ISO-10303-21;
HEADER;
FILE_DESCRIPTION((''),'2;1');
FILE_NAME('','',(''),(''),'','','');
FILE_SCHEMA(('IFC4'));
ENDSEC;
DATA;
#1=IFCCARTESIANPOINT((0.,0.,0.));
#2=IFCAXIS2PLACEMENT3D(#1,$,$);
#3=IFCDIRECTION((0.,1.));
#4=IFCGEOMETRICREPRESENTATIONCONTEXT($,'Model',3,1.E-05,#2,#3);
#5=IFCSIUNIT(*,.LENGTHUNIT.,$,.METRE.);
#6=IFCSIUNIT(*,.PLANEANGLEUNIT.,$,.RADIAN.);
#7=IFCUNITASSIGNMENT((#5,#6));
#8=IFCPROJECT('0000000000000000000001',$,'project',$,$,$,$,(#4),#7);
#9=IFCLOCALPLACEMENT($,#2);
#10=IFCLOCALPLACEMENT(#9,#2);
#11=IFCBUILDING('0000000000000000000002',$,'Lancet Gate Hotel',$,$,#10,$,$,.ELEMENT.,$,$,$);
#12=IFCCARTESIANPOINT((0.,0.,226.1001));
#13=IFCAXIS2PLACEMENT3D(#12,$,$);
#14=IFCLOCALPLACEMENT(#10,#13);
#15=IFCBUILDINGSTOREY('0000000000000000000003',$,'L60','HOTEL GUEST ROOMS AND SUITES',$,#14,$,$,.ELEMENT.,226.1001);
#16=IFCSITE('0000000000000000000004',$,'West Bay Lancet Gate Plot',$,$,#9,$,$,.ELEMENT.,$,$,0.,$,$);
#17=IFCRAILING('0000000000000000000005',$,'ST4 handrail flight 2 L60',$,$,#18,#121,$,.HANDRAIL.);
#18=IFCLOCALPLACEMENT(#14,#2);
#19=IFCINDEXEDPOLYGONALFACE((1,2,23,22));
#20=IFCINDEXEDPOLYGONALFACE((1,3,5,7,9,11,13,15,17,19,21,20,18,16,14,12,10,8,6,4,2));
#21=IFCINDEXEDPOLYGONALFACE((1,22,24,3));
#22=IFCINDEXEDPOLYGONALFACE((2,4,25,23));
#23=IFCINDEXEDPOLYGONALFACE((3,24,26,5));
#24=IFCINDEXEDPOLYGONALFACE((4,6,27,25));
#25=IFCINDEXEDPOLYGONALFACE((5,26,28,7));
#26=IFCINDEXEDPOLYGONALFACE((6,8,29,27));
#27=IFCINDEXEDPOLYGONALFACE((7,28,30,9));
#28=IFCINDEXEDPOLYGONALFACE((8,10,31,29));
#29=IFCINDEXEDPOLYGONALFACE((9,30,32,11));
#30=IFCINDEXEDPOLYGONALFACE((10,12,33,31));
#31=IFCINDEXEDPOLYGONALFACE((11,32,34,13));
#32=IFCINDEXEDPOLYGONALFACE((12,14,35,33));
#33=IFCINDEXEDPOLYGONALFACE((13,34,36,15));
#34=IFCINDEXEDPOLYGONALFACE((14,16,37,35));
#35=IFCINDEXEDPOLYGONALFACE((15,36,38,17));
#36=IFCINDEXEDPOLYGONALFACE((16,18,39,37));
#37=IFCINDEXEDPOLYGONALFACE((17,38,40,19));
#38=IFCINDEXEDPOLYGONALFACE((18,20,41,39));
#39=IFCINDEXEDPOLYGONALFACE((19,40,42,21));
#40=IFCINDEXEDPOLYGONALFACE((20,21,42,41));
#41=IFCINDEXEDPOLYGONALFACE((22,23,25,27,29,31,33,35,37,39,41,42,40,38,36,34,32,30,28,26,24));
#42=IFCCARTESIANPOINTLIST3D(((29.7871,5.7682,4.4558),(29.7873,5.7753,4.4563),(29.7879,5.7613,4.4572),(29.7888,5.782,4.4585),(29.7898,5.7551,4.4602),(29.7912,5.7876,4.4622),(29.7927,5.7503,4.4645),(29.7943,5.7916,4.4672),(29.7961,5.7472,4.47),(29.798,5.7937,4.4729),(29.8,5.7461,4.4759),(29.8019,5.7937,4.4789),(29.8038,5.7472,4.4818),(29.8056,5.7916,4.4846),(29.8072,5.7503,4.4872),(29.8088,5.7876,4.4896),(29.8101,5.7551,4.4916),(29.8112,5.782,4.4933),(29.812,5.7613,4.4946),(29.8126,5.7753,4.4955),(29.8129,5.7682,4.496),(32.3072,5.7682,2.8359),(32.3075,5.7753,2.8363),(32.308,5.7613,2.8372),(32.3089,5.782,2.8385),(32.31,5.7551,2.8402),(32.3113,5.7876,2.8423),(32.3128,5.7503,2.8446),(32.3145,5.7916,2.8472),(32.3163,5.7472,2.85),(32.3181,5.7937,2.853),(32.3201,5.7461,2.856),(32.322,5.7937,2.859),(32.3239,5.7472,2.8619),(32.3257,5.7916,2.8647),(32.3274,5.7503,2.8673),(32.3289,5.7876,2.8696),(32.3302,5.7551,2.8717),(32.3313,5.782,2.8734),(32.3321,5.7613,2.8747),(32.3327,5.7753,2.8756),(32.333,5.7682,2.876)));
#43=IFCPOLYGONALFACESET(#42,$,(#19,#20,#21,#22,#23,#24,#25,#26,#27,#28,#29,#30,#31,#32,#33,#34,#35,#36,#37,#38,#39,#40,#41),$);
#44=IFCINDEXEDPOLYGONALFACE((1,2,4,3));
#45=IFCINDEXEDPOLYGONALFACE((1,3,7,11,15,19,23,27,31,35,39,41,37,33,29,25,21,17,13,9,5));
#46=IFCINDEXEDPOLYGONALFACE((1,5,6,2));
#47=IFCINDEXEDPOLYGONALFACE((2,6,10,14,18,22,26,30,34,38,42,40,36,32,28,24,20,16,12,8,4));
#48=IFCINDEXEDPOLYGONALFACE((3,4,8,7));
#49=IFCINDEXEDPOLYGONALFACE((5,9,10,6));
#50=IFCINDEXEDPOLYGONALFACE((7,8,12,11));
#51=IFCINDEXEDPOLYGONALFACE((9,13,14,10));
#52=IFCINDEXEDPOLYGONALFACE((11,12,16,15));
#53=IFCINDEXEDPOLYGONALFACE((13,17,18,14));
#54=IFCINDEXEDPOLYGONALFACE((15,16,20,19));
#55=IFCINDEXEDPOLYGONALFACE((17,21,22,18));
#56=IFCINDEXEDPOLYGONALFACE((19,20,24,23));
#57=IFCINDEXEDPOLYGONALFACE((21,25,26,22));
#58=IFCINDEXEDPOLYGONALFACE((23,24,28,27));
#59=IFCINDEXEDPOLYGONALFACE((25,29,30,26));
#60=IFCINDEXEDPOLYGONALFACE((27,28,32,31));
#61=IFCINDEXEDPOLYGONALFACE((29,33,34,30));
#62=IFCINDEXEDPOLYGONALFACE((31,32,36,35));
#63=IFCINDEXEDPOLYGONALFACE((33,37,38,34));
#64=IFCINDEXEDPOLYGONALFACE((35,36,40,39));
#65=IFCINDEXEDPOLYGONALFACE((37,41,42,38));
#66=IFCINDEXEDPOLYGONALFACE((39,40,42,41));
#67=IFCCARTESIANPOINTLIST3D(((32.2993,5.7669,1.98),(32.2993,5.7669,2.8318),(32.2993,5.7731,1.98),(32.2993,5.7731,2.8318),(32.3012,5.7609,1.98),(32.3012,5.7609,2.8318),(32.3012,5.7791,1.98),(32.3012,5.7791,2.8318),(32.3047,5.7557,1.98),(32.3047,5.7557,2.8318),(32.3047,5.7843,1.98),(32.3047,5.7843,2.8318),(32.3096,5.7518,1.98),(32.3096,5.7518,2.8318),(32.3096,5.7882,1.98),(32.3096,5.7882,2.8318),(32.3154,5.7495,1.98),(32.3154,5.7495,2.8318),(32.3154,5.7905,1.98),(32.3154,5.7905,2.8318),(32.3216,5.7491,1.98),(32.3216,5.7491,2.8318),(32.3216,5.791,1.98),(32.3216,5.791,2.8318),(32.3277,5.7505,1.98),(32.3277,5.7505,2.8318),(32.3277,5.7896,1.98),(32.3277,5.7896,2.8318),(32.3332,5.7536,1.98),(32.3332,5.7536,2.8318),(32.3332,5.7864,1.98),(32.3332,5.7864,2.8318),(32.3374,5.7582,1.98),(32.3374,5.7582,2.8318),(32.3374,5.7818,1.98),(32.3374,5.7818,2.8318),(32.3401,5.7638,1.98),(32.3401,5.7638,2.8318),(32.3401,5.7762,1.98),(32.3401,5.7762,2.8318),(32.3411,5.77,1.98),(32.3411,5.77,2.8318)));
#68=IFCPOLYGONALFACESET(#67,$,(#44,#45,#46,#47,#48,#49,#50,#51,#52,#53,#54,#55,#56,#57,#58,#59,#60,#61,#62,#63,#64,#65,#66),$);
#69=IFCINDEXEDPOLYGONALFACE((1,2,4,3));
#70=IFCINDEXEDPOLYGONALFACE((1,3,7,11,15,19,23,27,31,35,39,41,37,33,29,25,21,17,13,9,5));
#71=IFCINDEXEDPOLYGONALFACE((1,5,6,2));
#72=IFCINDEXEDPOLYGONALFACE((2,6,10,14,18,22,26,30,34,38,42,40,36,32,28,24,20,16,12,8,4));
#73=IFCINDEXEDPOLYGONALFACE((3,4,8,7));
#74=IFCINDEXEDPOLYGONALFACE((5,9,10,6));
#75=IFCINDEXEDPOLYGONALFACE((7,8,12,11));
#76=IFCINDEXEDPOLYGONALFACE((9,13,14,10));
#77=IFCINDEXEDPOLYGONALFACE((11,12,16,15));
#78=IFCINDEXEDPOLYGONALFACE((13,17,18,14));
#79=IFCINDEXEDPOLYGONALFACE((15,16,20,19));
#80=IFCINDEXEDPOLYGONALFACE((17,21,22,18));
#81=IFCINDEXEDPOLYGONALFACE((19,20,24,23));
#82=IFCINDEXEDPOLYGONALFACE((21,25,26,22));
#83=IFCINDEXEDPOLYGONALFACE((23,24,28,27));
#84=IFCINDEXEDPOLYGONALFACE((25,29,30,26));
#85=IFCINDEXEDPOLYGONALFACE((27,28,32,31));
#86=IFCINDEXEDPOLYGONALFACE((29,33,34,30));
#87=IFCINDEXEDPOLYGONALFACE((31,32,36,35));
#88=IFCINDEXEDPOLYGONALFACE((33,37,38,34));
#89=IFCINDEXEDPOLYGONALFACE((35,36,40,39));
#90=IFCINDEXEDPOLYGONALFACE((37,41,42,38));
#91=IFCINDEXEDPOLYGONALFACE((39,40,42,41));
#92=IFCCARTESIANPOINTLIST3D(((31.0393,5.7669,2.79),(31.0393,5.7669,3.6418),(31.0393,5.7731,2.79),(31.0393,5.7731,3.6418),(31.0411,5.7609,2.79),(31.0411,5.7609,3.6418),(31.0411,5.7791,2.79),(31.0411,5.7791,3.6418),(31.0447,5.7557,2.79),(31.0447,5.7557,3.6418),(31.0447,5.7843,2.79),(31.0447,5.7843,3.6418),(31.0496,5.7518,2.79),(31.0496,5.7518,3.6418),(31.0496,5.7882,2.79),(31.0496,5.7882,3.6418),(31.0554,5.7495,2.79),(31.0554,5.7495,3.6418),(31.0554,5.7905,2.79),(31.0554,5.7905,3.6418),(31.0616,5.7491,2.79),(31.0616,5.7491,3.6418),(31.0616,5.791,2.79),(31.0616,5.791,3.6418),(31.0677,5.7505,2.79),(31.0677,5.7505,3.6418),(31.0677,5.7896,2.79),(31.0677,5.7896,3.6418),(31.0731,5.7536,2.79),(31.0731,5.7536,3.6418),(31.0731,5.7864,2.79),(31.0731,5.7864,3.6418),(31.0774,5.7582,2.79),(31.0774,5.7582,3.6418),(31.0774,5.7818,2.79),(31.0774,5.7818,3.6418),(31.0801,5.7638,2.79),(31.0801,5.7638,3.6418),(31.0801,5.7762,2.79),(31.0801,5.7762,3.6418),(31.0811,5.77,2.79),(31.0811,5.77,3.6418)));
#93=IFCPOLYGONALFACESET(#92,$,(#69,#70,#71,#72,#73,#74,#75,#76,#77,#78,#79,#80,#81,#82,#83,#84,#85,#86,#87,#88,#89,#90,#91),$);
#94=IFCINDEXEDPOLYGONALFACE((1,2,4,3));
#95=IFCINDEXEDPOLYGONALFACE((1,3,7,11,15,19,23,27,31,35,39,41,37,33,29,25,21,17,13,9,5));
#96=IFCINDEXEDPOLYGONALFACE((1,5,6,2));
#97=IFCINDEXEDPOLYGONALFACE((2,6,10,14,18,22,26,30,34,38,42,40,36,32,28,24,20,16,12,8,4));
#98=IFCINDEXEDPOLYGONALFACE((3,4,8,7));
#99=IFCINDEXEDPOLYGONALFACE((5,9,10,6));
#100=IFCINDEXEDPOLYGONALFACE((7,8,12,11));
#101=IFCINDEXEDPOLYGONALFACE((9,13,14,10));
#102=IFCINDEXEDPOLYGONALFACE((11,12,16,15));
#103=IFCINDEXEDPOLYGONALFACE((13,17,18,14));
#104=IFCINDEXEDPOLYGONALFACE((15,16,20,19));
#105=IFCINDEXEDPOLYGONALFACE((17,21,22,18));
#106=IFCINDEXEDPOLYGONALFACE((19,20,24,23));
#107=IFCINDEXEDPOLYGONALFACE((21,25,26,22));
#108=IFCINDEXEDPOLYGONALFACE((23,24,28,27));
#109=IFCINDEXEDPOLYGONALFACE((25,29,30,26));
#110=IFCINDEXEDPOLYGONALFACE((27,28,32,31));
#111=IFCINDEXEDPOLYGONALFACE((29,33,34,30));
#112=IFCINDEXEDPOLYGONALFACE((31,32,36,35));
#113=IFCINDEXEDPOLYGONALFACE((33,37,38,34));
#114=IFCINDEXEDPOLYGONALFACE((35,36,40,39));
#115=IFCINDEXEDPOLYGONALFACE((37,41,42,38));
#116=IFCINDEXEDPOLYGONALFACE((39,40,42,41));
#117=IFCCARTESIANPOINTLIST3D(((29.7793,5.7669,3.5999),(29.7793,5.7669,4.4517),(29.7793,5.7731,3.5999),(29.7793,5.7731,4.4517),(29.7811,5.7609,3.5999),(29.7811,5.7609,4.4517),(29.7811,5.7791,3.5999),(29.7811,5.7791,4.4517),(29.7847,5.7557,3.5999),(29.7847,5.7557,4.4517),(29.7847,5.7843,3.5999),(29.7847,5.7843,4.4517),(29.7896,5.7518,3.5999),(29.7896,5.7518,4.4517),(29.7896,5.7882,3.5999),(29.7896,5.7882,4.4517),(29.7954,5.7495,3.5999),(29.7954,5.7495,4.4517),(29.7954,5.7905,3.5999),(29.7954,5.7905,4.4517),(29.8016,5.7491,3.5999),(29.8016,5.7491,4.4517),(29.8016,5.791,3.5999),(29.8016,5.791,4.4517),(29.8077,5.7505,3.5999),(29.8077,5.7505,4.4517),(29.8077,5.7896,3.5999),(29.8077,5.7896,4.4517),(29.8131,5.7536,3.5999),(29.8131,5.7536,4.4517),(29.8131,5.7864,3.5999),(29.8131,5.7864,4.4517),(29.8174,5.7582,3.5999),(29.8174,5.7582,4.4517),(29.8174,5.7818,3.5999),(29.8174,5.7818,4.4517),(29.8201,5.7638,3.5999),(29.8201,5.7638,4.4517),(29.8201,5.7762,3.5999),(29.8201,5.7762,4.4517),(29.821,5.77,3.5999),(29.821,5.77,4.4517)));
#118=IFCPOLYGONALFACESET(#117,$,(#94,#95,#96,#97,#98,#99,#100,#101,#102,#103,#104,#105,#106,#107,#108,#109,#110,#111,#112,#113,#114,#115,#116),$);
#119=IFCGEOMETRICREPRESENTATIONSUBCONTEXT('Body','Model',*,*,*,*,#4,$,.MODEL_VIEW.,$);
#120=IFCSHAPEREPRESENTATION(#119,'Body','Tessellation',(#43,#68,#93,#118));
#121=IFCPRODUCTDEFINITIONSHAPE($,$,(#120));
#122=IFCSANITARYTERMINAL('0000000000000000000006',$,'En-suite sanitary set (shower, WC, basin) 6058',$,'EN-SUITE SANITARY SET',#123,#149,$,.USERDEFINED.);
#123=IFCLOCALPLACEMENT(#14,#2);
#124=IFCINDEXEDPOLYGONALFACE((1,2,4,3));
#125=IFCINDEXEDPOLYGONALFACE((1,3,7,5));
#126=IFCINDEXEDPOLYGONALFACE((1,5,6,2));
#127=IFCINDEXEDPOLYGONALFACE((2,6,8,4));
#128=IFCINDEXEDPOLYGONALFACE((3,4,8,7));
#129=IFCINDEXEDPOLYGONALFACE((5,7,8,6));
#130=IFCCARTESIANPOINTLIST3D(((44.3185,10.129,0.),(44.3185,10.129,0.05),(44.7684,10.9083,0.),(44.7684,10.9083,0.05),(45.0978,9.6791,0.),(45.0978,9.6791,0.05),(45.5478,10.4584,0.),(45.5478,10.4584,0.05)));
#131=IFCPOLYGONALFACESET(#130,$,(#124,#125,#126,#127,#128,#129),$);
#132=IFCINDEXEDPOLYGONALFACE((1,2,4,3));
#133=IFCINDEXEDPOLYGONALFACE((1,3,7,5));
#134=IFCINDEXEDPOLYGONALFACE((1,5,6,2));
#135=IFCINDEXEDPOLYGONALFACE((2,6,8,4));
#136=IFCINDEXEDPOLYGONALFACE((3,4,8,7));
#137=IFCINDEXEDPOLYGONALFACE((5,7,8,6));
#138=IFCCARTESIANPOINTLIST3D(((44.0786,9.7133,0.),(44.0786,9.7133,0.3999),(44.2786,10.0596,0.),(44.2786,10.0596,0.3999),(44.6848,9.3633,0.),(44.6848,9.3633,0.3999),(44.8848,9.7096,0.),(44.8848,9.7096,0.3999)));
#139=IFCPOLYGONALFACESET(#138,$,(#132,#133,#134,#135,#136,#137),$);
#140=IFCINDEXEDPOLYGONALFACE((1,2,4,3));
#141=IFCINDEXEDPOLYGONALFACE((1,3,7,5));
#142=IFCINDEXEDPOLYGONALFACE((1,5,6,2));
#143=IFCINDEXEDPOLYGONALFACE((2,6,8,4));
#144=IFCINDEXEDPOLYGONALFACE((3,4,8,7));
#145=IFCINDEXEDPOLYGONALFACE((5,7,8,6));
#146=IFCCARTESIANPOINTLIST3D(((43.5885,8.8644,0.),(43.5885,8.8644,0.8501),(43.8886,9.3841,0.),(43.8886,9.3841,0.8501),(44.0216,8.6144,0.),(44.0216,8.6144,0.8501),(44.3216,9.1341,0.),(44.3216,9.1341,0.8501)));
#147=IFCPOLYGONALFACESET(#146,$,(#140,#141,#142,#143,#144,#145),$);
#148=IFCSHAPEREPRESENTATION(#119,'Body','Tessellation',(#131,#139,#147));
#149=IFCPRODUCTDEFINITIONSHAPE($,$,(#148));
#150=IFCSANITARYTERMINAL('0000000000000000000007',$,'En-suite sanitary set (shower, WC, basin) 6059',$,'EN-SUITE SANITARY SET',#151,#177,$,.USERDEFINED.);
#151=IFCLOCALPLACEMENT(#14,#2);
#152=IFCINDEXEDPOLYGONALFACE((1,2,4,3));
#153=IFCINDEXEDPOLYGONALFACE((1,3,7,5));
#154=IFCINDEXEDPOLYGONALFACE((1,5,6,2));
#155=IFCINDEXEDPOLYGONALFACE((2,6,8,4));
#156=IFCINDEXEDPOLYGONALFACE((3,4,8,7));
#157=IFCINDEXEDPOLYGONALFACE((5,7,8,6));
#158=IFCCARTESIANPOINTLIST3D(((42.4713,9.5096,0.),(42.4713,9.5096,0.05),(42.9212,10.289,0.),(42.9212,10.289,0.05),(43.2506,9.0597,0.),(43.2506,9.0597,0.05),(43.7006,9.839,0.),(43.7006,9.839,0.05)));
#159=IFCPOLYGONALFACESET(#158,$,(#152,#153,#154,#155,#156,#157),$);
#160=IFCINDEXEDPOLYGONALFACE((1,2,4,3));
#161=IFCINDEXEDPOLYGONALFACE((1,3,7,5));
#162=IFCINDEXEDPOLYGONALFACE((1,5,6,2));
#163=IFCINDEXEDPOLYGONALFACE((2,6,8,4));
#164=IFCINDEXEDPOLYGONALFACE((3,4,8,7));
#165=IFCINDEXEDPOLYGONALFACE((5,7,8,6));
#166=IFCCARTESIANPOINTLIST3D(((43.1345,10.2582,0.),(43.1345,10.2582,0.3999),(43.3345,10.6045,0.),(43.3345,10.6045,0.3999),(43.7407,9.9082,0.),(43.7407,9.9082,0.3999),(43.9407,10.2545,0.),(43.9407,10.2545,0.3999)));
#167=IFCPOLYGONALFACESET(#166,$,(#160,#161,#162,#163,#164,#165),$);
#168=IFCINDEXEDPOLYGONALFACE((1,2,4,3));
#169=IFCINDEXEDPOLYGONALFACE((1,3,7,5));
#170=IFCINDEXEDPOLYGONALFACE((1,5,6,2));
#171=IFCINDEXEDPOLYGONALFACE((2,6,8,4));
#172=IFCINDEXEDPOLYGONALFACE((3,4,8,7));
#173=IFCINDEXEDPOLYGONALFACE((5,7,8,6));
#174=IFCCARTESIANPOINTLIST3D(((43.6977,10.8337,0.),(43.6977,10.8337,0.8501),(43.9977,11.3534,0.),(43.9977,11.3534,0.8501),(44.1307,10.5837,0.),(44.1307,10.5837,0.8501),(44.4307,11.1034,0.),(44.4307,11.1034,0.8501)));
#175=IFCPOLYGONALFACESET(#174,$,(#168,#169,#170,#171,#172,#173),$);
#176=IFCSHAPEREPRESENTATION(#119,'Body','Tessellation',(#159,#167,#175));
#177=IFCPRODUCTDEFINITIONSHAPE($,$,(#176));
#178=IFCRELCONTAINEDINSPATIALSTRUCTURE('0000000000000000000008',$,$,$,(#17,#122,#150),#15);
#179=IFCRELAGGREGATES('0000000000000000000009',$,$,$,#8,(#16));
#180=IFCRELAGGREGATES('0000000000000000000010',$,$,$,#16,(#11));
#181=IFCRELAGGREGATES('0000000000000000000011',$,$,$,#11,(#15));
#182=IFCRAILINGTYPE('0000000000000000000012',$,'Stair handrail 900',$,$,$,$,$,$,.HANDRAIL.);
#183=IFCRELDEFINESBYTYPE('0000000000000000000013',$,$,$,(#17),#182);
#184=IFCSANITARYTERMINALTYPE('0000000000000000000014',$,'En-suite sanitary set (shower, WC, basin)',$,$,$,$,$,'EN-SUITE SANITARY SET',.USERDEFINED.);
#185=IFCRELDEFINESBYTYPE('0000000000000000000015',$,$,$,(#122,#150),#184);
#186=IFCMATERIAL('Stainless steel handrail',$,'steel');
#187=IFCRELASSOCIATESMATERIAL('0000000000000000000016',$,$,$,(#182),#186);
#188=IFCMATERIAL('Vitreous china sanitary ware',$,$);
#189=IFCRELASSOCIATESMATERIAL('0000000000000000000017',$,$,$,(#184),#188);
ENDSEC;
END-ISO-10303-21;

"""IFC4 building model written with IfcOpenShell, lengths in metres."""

from ifc_helpers import new_model, si_unit, direction, frame, origin, origin_2d, place, context, subcontext, project, spatial, rectangle, circle, extrude, material, type_object, element, save


model = new_model("IFC4")

# Units and contexts
model_context = context("Model", 3, precision=1e-05, world=origin(), true_north=direction((0.0, 1.0)))
body_context = subcontext(model_context, "Body", "Model", "MODEL_VIEW")
ifc_project = project(units=[si_unit("LENGTHUNIT", "METRE"), si_unit("PLANEANGLEUNIT", "RADIAN")], contexts=[model_context])

# Site, building, storey
site_placement = place(None, origin())
site = spatial("IfcSite", under=ifc_project, at=site_placement, Name="West Bay Lancet Gate Plot", CompositionType="ELEMENT", RefElevation=0.0)
building_placement = place(site_placement, origin())
building = spatial("IfcBuilding", under=site, at=building_placement, Name="Lancet Gate Hotel", CompositionType="ELEMENT")
storey_placement = place(building_placement, frame((0.0, 0.0, 226.1001)))
storey = spatial("IfcBuildingStorey", under=building, at=storey_placement, Name="L60", Description="HOTEL GUEST ROOMS AND SUITES", CompositionType="ELEMENT", Elevation=226.1001)

# Railing
ifc_material_1 = material(Name="Stainless steel handrail", Category="steel")
railing_type = type_object("IfcRailingType", Name="Stair handrail 900", PredefinedType="HANDRAIL", material=ifc_material_1)
railing_1_placement = place(storey_placement, frame((32.3201, 5.77, 1.98)))
element("IfcRailing", 1, at=railing_1_placement, inside=storey, type_object=railing_type, Name="ST4 handrail flight 2 L60", PredefinedType="HANDRAIL", context=body_context, shape_type="SweptSolid", body=[
    extrude(circle(Radius=0.0239, at=origin_2d()), frame((0.0, 0.0, 0.876), z_axis=(-0.8412, 0.0, 0.540725), x_axis=(0.0, -1.0, 0.0)), (0.0, 0.0, 1.0), 2.9958),
    extrude(circle(Radius=0.021, at=origin_2d()), origin(), (0.0, 0.0, 1.0), 0.8518),
    extrude(circle(Radius=0.021, at=origin_2d()), frame((-1.26, 0.0, 0.8101)), (0.0, 0.0, 1.0), 0.8518),
    extrude(circle(Radius=0.021, at=origin_2d()), frame((-2.52, 0.0, 1.6199)), (0.0, 0.0, 1.0), 0.8518),
])

# Sanitary terminals
ifc_material_2 = material(Name="Vitreous china sanitary ware")
sanitary_terminal_type = type_object("IfcSanitaryTerminalType", Name="En-suite sanitary set (shower, WC, basin)", ElementType="EN-SUITE SANITARY SET", PredefinedType="USERDEFINED", material=ifc_material_2)
sanitary_terminal_1_placement = place(storey_placement, frame((44.9331, 10.2937, 0.0), z_axis=(0.0, 0.0, 1.0), x_axis=(1.0, 0.0, 0.0)))
element("IfcSanitaryTerminal", 2, at=sanitary_terminal_1_placement, inside=storey, type_object=sanitary_terminal_type, Name="En-suite sanitary set (shower, WC, basin) 6058", ObjectType="EN-SUITE SANITARY SET", PredefinedType="USERDEFINED", context=body_context, shape_type="SweptSolid", body=[
    extrude(rectangle(XDim=0.8999, YDim=0.8999, at=origin_2d()), frame((0.0, 0.0, 0.0), z_axis=(0.0, 0.0, 1.0), x_axis=(0.5, 0.866025, 0.0)), (0.0, 0.0, 1.0), 0.05),
    extrude(rectangle(XDim=0.3999, YDim=0.7, at=origin_2d()), frame((-0.4514, -0.5823, 0.0), z_axis=(0.0, 0.0, 1.0), x_axis=(0.5, 0.866025, 0.0)), (0.0, 0.0, 1.0), 0.3999),
    extrude(rectangle(XDim=0.6001, YDim=0.5, at=origin_2d()), frame((-0.978, -1.2944, 0.0), z_axis=(0.0, 0.0, 1.0), x_axis=(0.5, 0.866025, 0.0)), (0.0, 0.0, 1.0), 0.8501),
])
sanitary_terminal_2_placement = place(storey_placement, frame((43.0859, 9.6743, 0.0), z_axis=(0.0, 0.0, 1.0), x_axis=(1.0, 0.0, 0.0)))
element("IfcSanitaryTerminal", 3, at=sanitary_terminal_2_placement, inside=storey, type_object=sanitary_terminal_type, Name="En-suite sanitary set (shower, WC, basin) 6059", ObjectType="EN-SUITE SANITARY SET", PredefinedType="USERDEFINED", context=body_context, shape_type="SweptSolid", body=[
    extrude(rectangle(XDim=0.8999, YDim=0.8999, at=origin_2d()), frame((0.0, 0.0, 0.0), z_axis=(0.0, 0.0, 1.0), x_axis=(-0.5, -0.866025, 0.0)), (0.0, 0.0, 1.0), 0.05),
    extrude(rectangle(XDim=0.3999, YDim=0.7, at=origin_2d()), frame((0.4517, 0.582, 0.0), z_axis=(0.0, 0.0, 1.0), x_axis=(-0.5, -0.866025, 0.0)), (0.0, 0.0, 1.0), 0.3999),
    extrude(rectangle(XDim=0.6001, YDim=0.5, at=origin_2d()), frame((0.9783, 1.2942, 0.0), z_axis=(0.0, 0.0, 1.0), x_axis=(-0.5, -0.866025, 0.0)), (0.0, 0.0, 1.0), 0.8501),
])

save(model, "model.ifc")
